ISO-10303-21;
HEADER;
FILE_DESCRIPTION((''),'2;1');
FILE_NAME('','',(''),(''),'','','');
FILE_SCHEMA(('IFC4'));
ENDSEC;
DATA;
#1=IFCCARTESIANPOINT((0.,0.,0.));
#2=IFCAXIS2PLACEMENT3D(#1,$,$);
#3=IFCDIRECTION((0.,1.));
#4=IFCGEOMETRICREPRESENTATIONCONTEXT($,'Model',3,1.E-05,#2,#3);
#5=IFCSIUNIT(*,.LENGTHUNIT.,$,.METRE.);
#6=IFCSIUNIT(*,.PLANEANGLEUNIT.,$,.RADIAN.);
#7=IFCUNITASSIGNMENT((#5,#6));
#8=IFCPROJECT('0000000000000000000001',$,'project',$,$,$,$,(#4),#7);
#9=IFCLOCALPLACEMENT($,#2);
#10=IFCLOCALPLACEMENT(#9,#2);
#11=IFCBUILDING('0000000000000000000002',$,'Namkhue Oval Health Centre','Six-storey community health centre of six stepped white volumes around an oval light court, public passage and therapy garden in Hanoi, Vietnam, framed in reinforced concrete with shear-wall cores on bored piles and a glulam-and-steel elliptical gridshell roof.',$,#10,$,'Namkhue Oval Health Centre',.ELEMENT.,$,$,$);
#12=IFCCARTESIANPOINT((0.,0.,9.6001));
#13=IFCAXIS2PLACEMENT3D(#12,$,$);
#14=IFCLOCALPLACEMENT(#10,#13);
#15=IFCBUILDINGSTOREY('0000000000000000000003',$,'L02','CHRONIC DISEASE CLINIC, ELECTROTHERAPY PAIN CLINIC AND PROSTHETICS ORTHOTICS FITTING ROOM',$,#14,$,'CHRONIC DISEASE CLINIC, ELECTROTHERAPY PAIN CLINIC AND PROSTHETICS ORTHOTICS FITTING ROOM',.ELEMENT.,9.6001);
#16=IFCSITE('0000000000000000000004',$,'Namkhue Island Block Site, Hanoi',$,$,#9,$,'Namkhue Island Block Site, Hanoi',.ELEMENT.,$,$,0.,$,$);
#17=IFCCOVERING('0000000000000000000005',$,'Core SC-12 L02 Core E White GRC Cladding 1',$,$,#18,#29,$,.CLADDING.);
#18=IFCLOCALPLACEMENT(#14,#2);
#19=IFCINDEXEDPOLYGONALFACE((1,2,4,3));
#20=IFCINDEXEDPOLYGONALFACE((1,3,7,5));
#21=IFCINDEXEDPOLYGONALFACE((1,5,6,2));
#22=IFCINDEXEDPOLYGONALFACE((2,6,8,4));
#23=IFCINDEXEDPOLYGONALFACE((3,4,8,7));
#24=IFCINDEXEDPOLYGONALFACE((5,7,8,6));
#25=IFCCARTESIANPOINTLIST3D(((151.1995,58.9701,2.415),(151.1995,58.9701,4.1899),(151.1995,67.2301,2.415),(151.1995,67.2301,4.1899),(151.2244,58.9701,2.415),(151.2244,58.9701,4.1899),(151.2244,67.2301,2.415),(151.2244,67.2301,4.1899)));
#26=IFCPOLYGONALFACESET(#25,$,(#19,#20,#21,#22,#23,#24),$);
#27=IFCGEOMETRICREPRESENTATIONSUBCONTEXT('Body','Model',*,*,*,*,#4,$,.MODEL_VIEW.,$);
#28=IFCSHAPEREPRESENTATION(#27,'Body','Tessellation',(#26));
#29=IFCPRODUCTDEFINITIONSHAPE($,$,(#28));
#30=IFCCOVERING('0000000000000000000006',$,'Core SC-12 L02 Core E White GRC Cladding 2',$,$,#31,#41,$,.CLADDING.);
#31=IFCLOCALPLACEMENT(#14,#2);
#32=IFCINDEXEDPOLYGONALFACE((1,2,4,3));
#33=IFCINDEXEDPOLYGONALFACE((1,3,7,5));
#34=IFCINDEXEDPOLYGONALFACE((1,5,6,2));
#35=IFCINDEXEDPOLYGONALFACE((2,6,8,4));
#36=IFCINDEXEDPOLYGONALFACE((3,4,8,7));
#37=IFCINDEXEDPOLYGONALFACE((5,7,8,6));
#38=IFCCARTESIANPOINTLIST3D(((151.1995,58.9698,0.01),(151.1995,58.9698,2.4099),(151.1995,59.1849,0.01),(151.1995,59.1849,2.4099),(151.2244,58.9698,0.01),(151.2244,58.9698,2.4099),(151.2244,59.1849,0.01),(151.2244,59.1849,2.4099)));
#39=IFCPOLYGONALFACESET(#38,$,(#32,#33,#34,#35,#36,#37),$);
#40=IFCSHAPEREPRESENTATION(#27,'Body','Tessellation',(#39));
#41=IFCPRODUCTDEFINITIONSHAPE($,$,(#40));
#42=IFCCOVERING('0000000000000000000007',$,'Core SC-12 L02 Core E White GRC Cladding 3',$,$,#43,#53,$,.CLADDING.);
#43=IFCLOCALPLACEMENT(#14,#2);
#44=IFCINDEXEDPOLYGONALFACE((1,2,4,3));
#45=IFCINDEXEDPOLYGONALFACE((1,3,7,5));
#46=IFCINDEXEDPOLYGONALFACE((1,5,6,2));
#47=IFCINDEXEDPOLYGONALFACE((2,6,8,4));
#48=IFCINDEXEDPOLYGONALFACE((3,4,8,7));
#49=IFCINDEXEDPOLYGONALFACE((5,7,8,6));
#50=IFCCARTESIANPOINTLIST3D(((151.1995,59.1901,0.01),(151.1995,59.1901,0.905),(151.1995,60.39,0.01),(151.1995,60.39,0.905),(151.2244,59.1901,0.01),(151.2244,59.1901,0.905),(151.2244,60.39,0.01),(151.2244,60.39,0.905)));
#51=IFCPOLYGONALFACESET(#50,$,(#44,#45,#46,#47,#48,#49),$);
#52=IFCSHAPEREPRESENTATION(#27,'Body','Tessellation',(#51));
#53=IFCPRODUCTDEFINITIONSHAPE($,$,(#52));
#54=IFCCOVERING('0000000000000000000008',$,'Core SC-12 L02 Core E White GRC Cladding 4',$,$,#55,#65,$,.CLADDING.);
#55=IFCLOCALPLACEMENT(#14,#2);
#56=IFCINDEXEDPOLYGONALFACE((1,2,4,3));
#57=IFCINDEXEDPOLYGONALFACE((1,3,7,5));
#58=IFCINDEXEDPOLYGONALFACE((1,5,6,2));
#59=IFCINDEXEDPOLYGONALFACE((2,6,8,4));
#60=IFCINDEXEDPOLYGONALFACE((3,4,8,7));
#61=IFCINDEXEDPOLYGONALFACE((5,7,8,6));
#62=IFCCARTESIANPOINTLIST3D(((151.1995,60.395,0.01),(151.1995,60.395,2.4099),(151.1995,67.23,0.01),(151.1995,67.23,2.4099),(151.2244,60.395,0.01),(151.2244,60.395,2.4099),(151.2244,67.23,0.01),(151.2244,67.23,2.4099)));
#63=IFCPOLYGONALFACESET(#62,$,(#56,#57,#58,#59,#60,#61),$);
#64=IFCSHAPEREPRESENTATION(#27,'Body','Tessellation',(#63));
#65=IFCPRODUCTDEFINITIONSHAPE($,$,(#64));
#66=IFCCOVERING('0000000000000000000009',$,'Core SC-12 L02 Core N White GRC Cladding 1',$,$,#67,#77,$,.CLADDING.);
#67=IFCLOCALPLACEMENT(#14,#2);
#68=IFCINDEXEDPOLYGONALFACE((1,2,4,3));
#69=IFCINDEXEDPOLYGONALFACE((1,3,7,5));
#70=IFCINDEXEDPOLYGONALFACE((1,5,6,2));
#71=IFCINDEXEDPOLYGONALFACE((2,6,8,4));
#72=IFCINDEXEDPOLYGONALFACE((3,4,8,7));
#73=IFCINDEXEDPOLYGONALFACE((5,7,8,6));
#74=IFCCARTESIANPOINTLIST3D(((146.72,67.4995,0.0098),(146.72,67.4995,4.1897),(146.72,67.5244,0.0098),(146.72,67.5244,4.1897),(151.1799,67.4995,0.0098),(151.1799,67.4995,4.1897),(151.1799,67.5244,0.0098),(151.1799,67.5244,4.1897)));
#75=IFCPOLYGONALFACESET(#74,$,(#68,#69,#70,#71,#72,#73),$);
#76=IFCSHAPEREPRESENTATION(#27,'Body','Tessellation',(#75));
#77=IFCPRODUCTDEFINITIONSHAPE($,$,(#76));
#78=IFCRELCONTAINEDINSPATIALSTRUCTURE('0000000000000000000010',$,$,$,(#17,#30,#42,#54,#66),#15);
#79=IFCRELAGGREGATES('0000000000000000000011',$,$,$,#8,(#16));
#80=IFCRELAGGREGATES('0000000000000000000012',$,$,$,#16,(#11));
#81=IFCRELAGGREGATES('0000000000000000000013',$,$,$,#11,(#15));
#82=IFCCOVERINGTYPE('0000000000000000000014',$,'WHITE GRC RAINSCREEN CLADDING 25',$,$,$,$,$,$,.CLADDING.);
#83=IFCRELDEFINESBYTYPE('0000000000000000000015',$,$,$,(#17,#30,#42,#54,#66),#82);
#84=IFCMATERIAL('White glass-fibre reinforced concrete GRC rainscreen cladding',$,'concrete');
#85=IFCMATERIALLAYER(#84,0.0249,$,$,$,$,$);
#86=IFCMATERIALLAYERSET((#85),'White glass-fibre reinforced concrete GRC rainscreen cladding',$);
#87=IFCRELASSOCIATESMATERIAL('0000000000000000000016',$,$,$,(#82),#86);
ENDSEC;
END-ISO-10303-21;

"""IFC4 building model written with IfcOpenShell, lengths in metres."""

from ifc_helpers import new_model, si_unit, direction, frame, origin, origin_2d, place, context, subcontext, project, spatial, rectangle, extrude, material, layer, layer_set, type_object, element, save


model = new_model("IFC4")

# Units and contexts
model_context = context("Model", 3, precision=1e-05, world=origin(), true_north=direction((0.0, 1.0)))
body_context = subcontext(model_context, "Body", "Model", "MODEL_VIEW")
ifc_project = project(units=[si_unit("LENGTHUNIT", "METRE"), si_unit("PLANEANGLEUNIT", "RADIAN")], contexts=[model_context])

# Site, building, storey
site_placement = place(None, origin())
site = spatial("IfcSite", under=ifc_project, at=site_placement, Name="Namkhue Island Block Site, Hanoi", LongName="Namkhue Island Block Site, Hanoi", CompositionType="ELEMENT", RefElevation=0.0)
building_placement = place(site_placement, origin())
building = spatial("IfcBuilding", under=site, at=building_placement, Name="Namkhue Oval Health Centre", Description="Six-storey community health centre of six stepped white volumes around an oval light court, public passage and therapy garden in Hanoi, Vietnam, framed in reinforced concrete with shear-wall cores on bored piles and a glulam-and-steel elliptical gridshell roof.", LongName="Namkhue Oval Health Centre", CompositionType="ELEMENT")
storey_placement = place(building_placement, frame((0.0, 0.0, 9.6001)))
storey = spatial("IfcBuildingStorey", under=building, at=storey_placement, Name="L02", Description="CHRONIC DISEASE CLINIC, ELECTROTHERAPY PAIN CLINIC AND PROSTHETICS ORTHOTICS FITTING ROOM", LongName="CHRONIC DISEASE CLINIC, ELECTROTHERAPY PAIN CLINIC AND PROSTHETICS ORTHOTICS FITTING ROOM", CompositionType="ELEMENT", Elevation=9.6001)

# Coverings
ifc_material_1 = material(Name="White glass-fibre reinforced concrete GRC rainscreen cladding", Category="concrete")
ifc_layer_1 = layer(ifc_material_1, 0.0249)
ifc_layer_set_1 = layer_set([ifc_layer_1], Name="White glass-fibre reinforced concrete GRC rainscreen cladding")
covering_type = type_object("IfcCoveringType", Name="WHITE GRC RAINSCREEN CLADDING 25", PredefinedType="CLADDING", material=ifc_layer_set_1)
covering_1_placement = place(storey_placement, frame((151.2119, 63.1001, 2.415), z_axis=(0.0, 0.0, 1.0), x_axis=(0.0, 1.0, 0.0)))
element("IfcCovering", 1, at=covering_1_placement, inside=storey, type_object=covering_type, Name="Core SC-12 L02 Core E White GRC Cladding 1", PredefinedType="CLADDING", context=body_context, shape_type="SweptSolid", body=[
    extrude(rectangle(XDim=8.26, YDim=0.0249, at=origin_2d()), origin(), (0.0, 0.0, 1.0), 1.7749),
])
covering_2_placement = place(storey_placement, frame((151.2119, 59.0774, 0.01), z_axis=(0.0, 0.0, 1.0), x_axis=(0.0, 1.0, 0.0)))
element("IfcCovering", 2, at=covering_2_placement, inside=storey, type_object=covering_type, Name="Core SC-12 L02 Core E White GRC Cladding 2", PredefinedType="CLADDING", context=body_context, shape_type="SweptSolid", body=[
    extrude(rectangle(XDim=0.2151, YDim=0.0249, at=origin_2d()), origin(), (0.0, 0.0, 1.0), 2.3999),
])
covering_3_placement = place(storey_placement, frame((151.2119, 59.79, 0.01), z_axis=(0.0, 0.0, 1.0), x_axis=(0.0, 1.0, 0.0)))
element("IfcCovering", 3, at=covering_3_placement, inside=storey, type_object=covering_type, Name="Core SC-12 L02 Core E White GRC Cladding 3", PredefinedType="CLADDING", context=body_context, shape_type="SweptSolid", body=[
    extrude(rectangle(XDim=1.2, YDim=0.0249, at=origin_2d()), origin(), (0.0, 0.0, 1.0), 0.895),
])
covering_4_placement = place(storey_placement, frame((151.2119, 63.8125, 0.01), z_axis=(0.0, 0.0, 1.0), x_axis=(0.0, 1.0, 0.0)))
element("IfcCovering", 4, at=covering_4_placement, inside=storey, type_object=covering_type, Name="Core SC-12 L02 Core E White GRC Cladding 4", PredefinedType="CLADDING", context=body_context, shape_type="SweptSolid", body=[
    extrude(rectangle(XDim=6.835, YDim=0.0249, at=origin_2d()), origin(), (0.0, 0.0, 1.0), 2.3999),
])
covering_5_placement = place(storey_placement, frame((148.95, 67.512, 0.0098), z_axis=(0.0, 0.0, 1.0), x_axis=(-1.0, 0.0, 0.0)))
element("IfcCovering", 5, at=covering_5_placement, inside=storey, type_object=covering_type, Name="Core SC-12 L02 Core N White GRC Cladding 1", PredefinedType="CLADDING", context=body_context, shape_type="SweptSolid", body=[
    extrude(rectangle(XDim=4.46, YDim=0.0249, at=origin_2d()), origin(), (0.0, 0.0, 1.0), 4.1799),
])

save(model, "model.ifc")
